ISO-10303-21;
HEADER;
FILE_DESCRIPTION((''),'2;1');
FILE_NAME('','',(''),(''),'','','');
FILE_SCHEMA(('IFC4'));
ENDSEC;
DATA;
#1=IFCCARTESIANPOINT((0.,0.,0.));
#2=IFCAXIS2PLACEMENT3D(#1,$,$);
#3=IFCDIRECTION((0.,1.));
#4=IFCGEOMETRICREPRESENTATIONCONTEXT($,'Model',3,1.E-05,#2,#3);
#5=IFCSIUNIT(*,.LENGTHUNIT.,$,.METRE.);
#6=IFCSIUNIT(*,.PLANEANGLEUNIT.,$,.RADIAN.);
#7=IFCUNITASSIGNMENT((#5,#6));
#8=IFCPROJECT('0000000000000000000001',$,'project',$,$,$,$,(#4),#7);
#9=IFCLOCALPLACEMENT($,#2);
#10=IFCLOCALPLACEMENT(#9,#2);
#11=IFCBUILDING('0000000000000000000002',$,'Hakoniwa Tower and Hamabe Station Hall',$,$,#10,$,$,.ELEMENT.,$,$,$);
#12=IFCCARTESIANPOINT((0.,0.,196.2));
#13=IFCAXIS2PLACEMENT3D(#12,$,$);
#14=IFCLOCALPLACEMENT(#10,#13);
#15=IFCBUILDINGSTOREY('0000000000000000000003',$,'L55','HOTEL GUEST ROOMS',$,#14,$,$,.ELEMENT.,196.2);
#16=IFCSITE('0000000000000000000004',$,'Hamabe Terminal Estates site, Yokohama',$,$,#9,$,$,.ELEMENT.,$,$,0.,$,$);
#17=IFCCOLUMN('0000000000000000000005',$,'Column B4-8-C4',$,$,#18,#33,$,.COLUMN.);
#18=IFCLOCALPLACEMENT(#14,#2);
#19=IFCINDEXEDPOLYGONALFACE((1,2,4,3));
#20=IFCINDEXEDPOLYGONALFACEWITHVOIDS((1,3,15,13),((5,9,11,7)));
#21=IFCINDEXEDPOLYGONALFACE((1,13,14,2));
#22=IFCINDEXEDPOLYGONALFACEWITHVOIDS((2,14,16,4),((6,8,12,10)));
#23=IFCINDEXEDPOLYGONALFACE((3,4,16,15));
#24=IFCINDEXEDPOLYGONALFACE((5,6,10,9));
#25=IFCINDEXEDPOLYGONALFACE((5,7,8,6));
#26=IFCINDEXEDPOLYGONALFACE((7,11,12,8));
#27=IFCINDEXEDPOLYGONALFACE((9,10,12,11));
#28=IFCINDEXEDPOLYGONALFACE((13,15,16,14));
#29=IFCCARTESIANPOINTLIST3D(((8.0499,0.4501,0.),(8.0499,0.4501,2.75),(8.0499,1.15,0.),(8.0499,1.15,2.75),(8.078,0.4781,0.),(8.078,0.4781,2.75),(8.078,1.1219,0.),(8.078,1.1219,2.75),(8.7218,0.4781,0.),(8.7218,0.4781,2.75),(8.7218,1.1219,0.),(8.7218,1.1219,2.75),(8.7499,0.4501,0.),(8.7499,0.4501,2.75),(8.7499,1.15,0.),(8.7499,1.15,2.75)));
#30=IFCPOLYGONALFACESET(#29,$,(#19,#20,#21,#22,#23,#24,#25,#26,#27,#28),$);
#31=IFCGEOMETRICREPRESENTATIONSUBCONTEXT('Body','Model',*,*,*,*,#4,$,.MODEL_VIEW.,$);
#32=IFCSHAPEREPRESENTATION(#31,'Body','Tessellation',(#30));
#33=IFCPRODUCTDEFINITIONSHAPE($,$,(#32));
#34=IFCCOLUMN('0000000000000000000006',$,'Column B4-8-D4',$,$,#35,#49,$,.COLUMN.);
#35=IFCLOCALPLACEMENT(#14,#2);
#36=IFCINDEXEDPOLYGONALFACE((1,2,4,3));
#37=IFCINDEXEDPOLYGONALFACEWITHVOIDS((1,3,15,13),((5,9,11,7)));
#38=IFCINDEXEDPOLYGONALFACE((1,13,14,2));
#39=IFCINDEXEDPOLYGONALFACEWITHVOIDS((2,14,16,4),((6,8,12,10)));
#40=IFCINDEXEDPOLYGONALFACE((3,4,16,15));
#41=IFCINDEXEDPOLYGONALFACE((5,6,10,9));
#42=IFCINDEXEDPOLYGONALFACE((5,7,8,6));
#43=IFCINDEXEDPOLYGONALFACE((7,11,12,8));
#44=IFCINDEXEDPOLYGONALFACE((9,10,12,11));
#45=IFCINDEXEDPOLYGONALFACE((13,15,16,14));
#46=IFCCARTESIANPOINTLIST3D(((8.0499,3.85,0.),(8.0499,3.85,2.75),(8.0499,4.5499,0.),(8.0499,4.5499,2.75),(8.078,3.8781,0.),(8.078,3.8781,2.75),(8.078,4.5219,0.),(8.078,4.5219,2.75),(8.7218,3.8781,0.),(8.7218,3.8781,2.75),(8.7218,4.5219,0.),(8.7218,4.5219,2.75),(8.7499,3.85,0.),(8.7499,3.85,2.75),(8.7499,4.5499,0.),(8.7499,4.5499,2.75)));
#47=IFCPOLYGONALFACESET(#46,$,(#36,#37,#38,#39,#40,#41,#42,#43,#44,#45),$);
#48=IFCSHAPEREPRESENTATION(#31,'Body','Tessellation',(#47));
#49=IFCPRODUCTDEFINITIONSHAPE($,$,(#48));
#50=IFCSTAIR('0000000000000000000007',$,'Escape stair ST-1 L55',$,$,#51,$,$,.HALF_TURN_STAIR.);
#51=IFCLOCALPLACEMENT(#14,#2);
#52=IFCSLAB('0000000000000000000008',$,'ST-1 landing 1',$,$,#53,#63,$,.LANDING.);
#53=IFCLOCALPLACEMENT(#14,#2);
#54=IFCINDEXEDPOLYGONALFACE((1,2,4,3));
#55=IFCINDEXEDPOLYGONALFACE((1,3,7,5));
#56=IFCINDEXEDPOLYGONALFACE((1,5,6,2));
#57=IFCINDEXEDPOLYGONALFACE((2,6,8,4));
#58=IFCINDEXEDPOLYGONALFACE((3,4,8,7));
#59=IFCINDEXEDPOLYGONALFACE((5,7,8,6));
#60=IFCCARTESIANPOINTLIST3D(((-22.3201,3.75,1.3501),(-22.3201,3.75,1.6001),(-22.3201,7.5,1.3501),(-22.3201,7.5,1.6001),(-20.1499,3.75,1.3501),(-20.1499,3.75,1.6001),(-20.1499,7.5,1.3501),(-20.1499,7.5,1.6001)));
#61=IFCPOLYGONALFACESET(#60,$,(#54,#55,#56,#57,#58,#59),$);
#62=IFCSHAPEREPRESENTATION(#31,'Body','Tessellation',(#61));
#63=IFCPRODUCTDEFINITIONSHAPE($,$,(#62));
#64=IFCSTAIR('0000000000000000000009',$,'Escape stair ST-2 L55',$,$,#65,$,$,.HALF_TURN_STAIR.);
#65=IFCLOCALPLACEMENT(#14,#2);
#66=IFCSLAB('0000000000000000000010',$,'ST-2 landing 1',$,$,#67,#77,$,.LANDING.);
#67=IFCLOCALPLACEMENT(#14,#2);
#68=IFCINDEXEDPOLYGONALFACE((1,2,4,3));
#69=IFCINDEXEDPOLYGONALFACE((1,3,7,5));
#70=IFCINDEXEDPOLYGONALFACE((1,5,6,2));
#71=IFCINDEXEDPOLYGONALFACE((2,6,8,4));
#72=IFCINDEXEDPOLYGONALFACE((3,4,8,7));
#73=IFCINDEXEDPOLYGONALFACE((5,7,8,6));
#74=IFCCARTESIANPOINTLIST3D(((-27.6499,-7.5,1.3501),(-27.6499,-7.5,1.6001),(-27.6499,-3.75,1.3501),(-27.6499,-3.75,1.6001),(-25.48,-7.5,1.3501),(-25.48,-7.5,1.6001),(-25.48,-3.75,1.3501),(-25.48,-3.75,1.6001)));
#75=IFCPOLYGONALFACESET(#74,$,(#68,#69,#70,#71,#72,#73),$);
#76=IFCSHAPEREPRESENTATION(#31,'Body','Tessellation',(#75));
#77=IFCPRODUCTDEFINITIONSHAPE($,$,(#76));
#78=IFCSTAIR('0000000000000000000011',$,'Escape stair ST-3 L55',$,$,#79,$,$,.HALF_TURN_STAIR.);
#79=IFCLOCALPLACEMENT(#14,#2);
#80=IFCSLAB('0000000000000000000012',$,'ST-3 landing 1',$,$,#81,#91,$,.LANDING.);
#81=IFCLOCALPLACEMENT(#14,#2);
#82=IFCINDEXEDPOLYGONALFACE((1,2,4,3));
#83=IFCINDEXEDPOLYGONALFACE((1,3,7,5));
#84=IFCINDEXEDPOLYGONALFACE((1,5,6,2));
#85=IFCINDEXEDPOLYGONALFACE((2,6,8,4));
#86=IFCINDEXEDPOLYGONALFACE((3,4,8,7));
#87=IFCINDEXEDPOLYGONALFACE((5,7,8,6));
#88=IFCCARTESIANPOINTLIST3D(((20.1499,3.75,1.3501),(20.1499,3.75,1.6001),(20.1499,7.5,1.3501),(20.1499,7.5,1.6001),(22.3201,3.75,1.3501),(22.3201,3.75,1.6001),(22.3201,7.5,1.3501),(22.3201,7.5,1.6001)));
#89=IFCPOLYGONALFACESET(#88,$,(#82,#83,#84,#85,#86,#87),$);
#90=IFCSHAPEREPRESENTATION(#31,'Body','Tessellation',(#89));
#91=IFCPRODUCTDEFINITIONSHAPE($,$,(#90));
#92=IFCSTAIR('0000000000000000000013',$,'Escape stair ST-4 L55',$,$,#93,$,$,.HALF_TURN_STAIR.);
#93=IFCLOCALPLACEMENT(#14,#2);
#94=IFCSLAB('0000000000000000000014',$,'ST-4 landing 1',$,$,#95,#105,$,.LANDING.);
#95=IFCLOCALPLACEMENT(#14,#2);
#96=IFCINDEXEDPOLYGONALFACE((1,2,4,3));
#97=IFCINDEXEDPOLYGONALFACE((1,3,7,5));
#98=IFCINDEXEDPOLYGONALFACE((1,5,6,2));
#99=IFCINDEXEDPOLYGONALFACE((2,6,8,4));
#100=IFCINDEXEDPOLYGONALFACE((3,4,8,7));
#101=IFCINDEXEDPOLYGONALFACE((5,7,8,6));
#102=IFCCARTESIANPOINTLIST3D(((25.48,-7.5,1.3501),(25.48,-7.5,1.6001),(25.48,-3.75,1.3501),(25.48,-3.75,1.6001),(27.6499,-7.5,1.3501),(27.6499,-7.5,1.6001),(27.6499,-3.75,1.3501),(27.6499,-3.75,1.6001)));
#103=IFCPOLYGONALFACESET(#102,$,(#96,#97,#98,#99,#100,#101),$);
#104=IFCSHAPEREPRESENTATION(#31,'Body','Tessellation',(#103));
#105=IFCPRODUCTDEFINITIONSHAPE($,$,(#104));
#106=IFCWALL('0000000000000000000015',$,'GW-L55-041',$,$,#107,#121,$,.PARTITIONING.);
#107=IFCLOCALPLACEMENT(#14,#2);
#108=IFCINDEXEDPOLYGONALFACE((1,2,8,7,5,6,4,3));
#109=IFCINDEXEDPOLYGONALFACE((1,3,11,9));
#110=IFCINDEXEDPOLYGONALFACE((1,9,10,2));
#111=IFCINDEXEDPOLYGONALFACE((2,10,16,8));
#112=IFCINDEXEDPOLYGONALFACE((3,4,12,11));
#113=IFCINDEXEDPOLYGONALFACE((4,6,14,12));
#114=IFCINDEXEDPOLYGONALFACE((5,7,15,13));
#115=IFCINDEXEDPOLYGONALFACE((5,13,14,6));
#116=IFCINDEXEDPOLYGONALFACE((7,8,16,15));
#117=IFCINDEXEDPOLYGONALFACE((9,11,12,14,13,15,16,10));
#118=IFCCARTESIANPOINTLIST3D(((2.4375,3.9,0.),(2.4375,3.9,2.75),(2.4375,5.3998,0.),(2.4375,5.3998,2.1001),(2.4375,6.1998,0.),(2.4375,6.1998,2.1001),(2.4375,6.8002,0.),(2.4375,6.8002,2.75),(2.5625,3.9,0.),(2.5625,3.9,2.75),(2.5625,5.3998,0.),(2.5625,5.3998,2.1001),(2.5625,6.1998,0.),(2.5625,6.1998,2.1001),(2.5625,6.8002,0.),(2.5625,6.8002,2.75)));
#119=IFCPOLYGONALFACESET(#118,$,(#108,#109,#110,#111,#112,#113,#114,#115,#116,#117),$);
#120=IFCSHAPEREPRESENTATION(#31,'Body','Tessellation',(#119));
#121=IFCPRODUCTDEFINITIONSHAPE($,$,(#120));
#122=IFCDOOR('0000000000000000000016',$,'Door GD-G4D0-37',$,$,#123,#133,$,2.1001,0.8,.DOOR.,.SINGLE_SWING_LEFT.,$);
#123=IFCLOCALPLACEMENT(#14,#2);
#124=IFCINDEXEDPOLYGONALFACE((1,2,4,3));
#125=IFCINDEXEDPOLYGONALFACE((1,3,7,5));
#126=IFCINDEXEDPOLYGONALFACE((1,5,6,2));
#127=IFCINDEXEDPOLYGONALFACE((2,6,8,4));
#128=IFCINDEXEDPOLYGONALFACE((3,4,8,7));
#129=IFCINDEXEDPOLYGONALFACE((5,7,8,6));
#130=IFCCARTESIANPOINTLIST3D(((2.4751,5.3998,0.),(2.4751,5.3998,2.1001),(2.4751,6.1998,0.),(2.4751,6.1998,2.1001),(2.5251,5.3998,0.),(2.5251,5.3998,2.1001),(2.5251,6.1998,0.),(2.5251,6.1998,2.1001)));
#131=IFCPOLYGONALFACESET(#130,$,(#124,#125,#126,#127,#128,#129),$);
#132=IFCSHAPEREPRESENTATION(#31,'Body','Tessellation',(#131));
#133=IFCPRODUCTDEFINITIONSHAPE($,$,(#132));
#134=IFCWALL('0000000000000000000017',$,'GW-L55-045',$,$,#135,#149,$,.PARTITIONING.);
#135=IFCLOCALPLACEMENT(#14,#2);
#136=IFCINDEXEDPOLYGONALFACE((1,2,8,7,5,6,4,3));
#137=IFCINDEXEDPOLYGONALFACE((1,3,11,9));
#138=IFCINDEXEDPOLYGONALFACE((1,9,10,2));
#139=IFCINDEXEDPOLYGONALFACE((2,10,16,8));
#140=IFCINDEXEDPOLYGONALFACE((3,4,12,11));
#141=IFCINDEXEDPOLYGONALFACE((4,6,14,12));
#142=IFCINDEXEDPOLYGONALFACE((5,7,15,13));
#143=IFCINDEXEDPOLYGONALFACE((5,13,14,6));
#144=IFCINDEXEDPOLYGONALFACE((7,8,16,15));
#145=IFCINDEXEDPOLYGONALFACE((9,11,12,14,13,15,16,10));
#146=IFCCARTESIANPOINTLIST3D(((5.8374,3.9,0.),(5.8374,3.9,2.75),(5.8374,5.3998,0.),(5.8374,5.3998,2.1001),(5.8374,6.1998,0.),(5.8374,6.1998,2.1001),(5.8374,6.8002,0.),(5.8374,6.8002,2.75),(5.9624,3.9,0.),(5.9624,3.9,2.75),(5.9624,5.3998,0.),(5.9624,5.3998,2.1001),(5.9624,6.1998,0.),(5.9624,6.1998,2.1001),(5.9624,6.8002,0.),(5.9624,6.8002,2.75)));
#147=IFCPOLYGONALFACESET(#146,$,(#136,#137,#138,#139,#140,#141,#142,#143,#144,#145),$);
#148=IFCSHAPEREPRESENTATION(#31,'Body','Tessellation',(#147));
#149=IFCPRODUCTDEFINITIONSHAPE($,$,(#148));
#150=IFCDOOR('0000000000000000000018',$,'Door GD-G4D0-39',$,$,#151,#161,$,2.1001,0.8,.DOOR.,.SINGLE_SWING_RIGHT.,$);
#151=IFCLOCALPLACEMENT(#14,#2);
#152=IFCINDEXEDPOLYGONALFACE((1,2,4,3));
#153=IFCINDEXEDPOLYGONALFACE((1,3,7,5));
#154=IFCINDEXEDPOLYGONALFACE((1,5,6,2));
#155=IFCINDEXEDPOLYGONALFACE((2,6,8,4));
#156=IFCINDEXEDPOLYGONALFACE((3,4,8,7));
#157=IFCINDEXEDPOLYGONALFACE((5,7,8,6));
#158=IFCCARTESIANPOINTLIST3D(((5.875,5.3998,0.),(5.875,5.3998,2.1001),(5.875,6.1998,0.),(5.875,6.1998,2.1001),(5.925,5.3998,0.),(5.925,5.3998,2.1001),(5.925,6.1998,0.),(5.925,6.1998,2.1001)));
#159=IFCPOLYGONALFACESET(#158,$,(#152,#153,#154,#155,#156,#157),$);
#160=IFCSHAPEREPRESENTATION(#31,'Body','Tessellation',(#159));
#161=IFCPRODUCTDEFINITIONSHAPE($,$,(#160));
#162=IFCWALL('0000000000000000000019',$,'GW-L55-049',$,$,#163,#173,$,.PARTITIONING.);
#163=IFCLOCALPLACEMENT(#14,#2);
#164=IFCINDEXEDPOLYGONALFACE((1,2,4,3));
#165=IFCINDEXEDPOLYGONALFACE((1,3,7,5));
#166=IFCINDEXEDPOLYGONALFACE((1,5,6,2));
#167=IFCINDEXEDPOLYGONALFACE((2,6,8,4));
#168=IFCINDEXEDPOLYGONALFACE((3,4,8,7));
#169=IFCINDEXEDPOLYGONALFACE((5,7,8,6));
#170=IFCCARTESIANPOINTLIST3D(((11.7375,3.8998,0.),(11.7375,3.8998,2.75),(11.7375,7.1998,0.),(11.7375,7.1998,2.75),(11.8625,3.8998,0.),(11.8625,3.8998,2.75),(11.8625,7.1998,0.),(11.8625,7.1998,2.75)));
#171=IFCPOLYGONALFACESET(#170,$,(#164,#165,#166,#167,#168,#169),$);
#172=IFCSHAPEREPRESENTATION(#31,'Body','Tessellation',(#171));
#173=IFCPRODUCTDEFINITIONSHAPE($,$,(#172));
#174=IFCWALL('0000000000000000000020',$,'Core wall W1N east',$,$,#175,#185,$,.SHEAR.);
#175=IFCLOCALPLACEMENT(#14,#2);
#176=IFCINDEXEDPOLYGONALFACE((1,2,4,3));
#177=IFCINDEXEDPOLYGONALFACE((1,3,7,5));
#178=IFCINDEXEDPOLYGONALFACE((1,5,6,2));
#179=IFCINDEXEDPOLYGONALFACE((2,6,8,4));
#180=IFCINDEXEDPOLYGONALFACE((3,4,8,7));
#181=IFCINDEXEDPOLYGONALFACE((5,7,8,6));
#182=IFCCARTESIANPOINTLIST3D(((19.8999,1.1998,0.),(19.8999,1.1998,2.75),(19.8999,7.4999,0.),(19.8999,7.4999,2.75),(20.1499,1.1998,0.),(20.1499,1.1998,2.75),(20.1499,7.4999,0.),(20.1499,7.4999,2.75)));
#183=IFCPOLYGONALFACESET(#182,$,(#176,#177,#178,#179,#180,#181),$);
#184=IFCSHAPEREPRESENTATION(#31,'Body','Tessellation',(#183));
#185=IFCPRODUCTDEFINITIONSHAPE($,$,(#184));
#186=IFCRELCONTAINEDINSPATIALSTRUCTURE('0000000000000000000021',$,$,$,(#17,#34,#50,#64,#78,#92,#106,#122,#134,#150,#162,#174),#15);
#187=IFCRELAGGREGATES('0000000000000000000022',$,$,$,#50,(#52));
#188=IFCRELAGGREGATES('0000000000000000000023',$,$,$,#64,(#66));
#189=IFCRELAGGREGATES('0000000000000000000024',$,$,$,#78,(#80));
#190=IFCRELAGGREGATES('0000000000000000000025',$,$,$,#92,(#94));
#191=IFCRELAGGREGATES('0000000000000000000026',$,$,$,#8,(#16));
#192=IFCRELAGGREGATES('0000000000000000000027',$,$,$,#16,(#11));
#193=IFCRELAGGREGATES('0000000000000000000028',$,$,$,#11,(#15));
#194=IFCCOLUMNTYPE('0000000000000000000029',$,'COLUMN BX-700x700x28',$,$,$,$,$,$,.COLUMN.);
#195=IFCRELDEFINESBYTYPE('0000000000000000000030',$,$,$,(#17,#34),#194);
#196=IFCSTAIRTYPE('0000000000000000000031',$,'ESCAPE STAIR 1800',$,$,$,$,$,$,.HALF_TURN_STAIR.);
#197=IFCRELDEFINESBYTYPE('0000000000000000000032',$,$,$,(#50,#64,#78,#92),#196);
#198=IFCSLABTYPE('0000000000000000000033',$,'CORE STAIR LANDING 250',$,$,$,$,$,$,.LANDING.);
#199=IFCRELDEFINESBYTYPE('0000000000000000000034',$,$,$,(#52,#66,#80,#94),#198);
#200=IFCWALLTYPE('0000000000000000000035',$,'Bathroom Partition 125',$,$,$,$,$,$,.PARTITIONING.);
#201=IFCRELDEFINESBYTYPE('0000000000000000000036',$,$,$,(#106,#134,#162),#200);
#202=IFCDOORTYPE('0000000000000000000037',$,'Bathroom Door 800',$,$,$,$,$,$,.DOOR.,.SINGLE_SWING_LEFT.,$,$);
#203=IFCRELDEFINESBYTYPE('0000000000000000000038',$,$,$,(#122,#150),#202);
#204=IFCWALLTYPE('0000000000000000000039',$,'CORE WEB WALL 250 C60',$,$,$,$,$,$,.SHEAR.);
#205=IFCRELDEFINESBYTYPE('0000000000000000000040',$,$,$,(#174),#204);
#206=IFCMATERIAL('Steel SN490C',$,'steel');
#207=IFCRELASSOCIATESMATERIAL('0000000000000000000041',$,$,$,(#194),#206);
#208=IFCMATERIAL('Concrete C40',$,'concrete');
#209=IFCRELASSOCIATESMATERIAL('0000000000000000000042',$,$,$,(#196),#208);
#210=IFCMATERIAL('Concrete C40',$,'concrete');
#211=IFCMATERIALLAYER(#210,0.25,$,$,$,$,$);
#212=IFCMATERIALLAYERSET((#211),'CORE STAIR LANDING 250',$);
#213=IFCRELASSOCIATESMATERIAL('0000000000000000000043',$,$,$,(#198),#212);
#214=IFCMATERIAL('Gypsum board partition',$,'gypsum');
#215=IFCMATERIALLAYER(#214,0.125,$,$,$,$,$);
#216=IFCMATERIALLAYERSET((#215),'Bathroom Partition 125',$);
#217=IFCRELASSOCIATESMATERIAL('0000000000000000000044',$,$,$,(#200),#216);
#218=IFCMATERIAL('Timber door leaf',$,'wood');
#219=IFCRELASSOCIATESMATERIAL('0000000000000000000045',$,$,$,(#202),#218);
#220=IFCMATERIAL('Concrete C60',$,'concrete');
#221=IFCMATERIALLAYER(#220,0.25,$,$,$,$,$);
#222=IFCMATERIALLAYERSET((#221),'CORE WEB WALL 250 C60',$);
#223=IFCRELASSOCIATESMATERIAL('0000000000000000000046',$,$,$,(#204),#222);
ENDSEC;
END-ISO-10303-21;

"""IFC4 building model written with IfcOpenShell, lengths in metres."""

from ifc_helpers import new_model, si_unit, direction, frame, frame_2d, origin, origin_2d, place, context, subcontext, project, spatial, polyline, rectangle, hollow_rectangle, outline, extrude, material, layer, layer_set, material_profile, profile_set, type_object, element, fill, aggregate, save


model = new_model("IFC4")

# Units and contexts
model_context = context("Model", 3, precision=1e-05, world=origin(), true_north=direction((0.0, 1.0)))
body_context = subcontext(model_context, "Body", "Model", "MODEL_VIEW")
ifc_project = project(units=[si_unit("LENGTHUNIT", "METRE"), si_unit("PLANEANGLEUNIT", "RADIAN")], contexts=[model_context])

# Site, building, storey
site_placement = place(None, origin())
site = spatial("IfcSite", under=ifc_project, at=site_placement, Name="Hamabe Terminal Estates site, Yokohama", CompositionType="ELEMENT", RefElevation=0.0)
building_placement = place(site_placement, origin())
building = spatial("IfcBuilding", under=site, at=building_placement, Name="Hakoniwa Tower and Hamabe Station Hall", CompositionType="ELEMENT")
storey_placement = place(building_placement, frame((0.0, 0.0, 196.2)))
storey = spatial("IfcBuildingStorey", under=building, at=storey_placement, Name="L55", Description="HOTEL GUEST ROOMS", CompositionType="ELEMENT", Elevation=196.2)

# Columns
ifc_material_1 = material(Name="Steel SN490C", Category="steel")
ifc_material_profile = material_profile(ifc_material_1, hollow_rectangle(XDim=0.7, YDim=0.7, WallThickness=0.0281, at=origin_2d()), Name="BX-700x700x28")
ifc_profile_set = profile_set([ifc_material_profile], Name="Steel SN490C")
column_type = type_object("IfcColumnType", Name="COLUMN BX-700x700x28", PredefinedType="COLUMN", material=ifc_profile_set)
for number, where, z_axis, x_axis, name in (
    (1, (8.3999, 0.8, 0.0), (0.0, 0.0, 1.0), (1.0, 0.0, 0.0), "Column B4-8-C4"),
    (2, (8.3999, 4.2, 0.0), (0.0, 0.0, 1.0), (1.0, 0.0, 0.0), "Column B4-8-D4"),
):
    element("IfcColumn", number, at=place(storey_placement, frame(where, z_axis=z_axis, x_axis=x_axis)), inside=storey, type_object=column_type, Name=name, PredefinedType="COLUMN", context=body_context, shape_type="SweptSolid", body=[
        extrude(hollow_rectangle(XDim=0.7, YDim=0.7, WallThickness=0.0281, at=origin_2d()), origin(), (0.0, 0.0, 1.0), 2.75),
    ])

# Stairs, slabs
ifc_material_2 = material(Name="Concrete C40", Category="concrete")
stair_type = type_object("IfcStairType", Name="ESCAPE STAIR 1800", PredefinedType="HALF_TURN_STAIR", material=ifc_material_2)
stair_1_placement = place(storey_placement, origin())
stair_1 = element("IfcStair", 3, at=stair_1_placement, inside=storey, type_object=stair_type, Name="Escape stair ST-1 L55", PredefinedType="HALF_TURN_STAIR")
ifc_material_3 = material(Name="Concrete C40", Category="concrete")
ifc_layer_1 = layer(ifc_material_3, 0.25)
ifc_layer_set_1 = layer_set([ifc_layer_1], Name="CORE STAIR LANDING 250")
slab_type = type_object("IfcSlabType", Name="CORE STAIR LANDING 250", PredefinedType="LANDING", material=ifc_layer_set_1)
slab_1_placement = place(storey_placement, frame((0.0, 0.0, 1.3501)))
slab_1 = element("IfcSlab", 4, at=slab_1_placement, type_object=slab_type, Name="ST-1 landing 1", PredefinedType="LANDING", context=body_context, shape_type="SweptSolid", body=[
    extrude(outline(polyline([(-22.3201, 3.75), (-20.1499, 3.75), (-20.1499, 7.5), (-22.3201, 7.5), (-22.3201, 3.75)])), origin(), (0.0, 0.0, 1.0), 0.25),
])
aggregate(stair_1, [slab_1])
stair_2_placement = place(storey_placement, origin())
stair_2 = element("IfcStair", 5, at=stair_2_placement, inside=storey, type_object=stair_type, Name="Escape stair ST-2 L55", PredefinedType="HALF_TURN_STAIR")
slab_2_placement = place(storey_placement, frame((0.0, 0.0, 1.3501)))
slab_2 = element("IfcSlab", 6, at=slab_2_placement, type_object=slab_type, Name="ST-2 landing 1", PredefinedType="LANDING", context=body_context, shape_type="SweptSolid", body=[
    extrude(outline(polyline([(-25.48, -7.5), (-27.6499, -7.5), (-27.6499, -3.75), (-25.48, -3.75), (-25.48, -7.5)])), origin(), (0.0, 0.0, 1.0), 0.25),
])
aggregate(stair_2, [slab_2])
stair_3_placement = place(storey_placement, origin())
stair_3 = element("IfcStair", 7, at=stair_3_placement, inside=storey, type_object=stair_type, Name="Escape stair ST-3 L55", PredefinedType="HALF_TURN_STAIR")
slab_3_placement = place(storey_placement, frame((0.0, 0.0, 1.3501)))
slab_3 = element("IfcSlab", 8, at=slab_3_placement, type_object=slab_type, Name="ST-3 landing 1", PredefinedType="LANDING", context=body_context, shape_type="SweptSolid", body=[
    extrude(outline(polyline([(22.3201, 3.75), (20.1499, 3.75), (20.1499, 7.5), (22.3201, 7.5), (22.3201, 3.75)])), origin(), (0.0, 0.0, 1.0), 0.25),
])
aggregate(stair_3, [slab_3])
stair_4_placement = place(storey_placement, origin())
stair_4 = element("IfcStair", 9, at=stair_4_placement, inside=storey, type_object=stair_type, Name="Escape stair ST-4 L55", PredefinedType="HALF_TURN_STAIR")
slab_4_placement = place(storey_placement, frame((0.0, 0.0, 1.3501)))
slab_4 = element("IfcSlab", 10, at=slab_4_placement, type_object=slab_type, Name="ST-4 landing 1", PredefinedType="LANDING", context=body_context, shape_type="SweptSolid", body=[
    extrude(outline(polyline([(25.48, -7.5), (27.6499, -7.5), (27.6499, -3.75), (25.48, -3.75), (25.48, -7.5)])), origin(), (0.0, 0.0, 1.0), 0.25),
])
aggregate(stair_4, [slab_4])

# Walls, openings, doors
ifc_material_4 = material(Name="Gypsum board partition", Category="gypsum")
ifc_layer_2 = layer(ifc_material_4, 0.125)
ifc_layer_set_2 = layer_set([ifc_layer_2], Name="Bathroom Partition 125")
wall_type_1 = type_object("IfcWallType", Name="Bathroom Partition 125", PredefinedType="PARTITIONING", material=ifc_layer_set_2)
wall_1_placement = place(storey_placement, frame((2.5, 3.8999, 0.0), z_axis=(0.0, 0.0, 1.0), x_axis=(0.0, 1.0, 0.0)))
wall_1 = element("IfcWall", 11, at=wall_1_placement, inside=storey, type_object=wall_type_1, Name="GW-L55-041", PredefinedType="PARTITIONING", context=body_context, shape_type="SweptSolid", body=[
    extrude(rectangle(XDim=2.9001, YDim=0.125, at=frame_2d((1.4502, 0.0))), origin(), (0.0, 0.0, 1.0), 2.75),
])
opening_1_placement = place(wall_1_placement, frame((1.5, 0.0, 0.0)))
opening_1 = element("IfcOpeningElement", 12, at=opening_1_placement, cuts=wall_1, PredefinedType="OPENING", context=body_context, shape_type="SweptSolid", body=[
    extrude(rectangle(XDim=0.8, YDim=2.1001, at=frame_2d((0.3999, 1.05))), frame((0.0, 0.0725, 0.0), z_axis=(0.0, -1.0, 0.0), x_axis=(1.0, 0.0, 0.0)), (0.0, 0.0, 1.0), 0.145),
])
ifc_material_5 = material(Name="Timber door leaf", Category="wood")
door_type_1 = type_object("IfcDoorType", Name="Bathroom Door 800", OperationType="SINGLE_SWING_LEFT", PredefinedType="DOOR", material=ifc_material_5)
door_1_placement = place(opening_1_placement, origin())
door_1 = element("IfcDoor", 13, at=door_1_placement, inside=storey, type_object=door_type_1, Name="Door GD-G4D0-37", OperationType="SINGLE_SWING_LEFT", OverallHeight=2.1001, OverallWidth=0.8, PredefinedType="DOOR", context=body_context, shape_type="SweptSolid", body=[
    extrude(rectangle(XDim=0.8, YDim=2.1001, at=frame_2d((0.3999, 1.05))), frame((0.0, 0.0249, 0.0), z_axis=(0.0, -1.0, 0.0), x_axis=(1.0, 0.0, 0.0)), (0.0, 0.0, 1.0), 0.05),
])
fill(opening_1, door_1)
wall_2_placement = place(storey_placement, frame((5.8999, 3.8999, 0.0), z_axis=(0.0, 0.0, 1.0), x_axis=(0.0, 1.0, 0.0)))
wall_2 = element("IfcWall", 14, at=wall_2_placement, inside=storey, type_object=wall_type_1, Name="GW-L55-045", PredefinedType="PARTITIONING", context=body_context, shape_type="SweptSolid", body=[
    extrude(rectangle(XDim=2.9001, YDim=0.125, at=frame_2d((1.4502, 0.0))), origin(), (0.0, 0.0, 1.0), 2.75),
])
opening_2_placement = place(wall_2_placement, frame((1.5, 0.0, 0.0)))
opening_2 = element("IfcOpeningElement", 15, at=opening_2_placement, cuts=wall_2, PredefinedType="OPENING", context=body_context, shape_type="SweptSolid", body=[
    extrude(rectangle(XDim=0.8, YDim=2.1001, at=frame_2d((0.3999, 1.05))), frame((0.0, 0.0725, 0.0), z_axis=(0.0, -1.0, 0.0), x_axis=(1.0, 0.0, 0.0)), (0.0, 0.0, 1.0), 0.145),
])
door_2_placement = place(opening_2_placement, origin())
door_2 = element("IfcDoor", 16, at=door_2_placement, inside=storey, type_object=door_type_1, Name="Door GD-G4D0-39", OperationType="SINGLE_SWING_RIGHT", OverallHeight=2.1001, OverallWidth=0.8, PredefinedType="DOOR", context=body_context, shape_type="SweptSolid", body=[
    extrude(rectangle(XDim=0.8, YDim=2.1001, at=frame_2d((0.3999, 1.05))), frame((0.0, 0.0249, 0.0), z_axis=(0.0, -1.0, 0.0), x_axis=(1.0, 0.0, 0.0)), (0.0, 0.0, 1.0), 0.05),
])
fill(opening_2, door_2)

# Walls
wall_3_placement = place(storey_placement, frame((11.8, 3.8999, 0.0), z_axis=(0.0, 0.0, 1.0), x_axis=(0.0, 1.0, 0.0)))
element("IfcWall", 17, at=wall_3_placement, inside=storey, type_object=wall_type_1, Name="GW-L55-049", PredefinedType="PARTITIONING", context=body_context, shape_type="SweptSolid", body=[
    extrude(rectangle(XDim=3.3, YDim=0.125, at=frame_2d((1.6499, 0.0))), origin(), (0.0, 0.0, 1.0), 2.75),
])
ifc_material_6 = material(Name="Concrete C60", Category="concrete")
ifc_layer_3 = layer(ifc_material_6, 0.25)
ifc_layer_set_3 = layer_set([ifc_layer_3], Name="CORE WEB WALL 250 C60")
wall_type_2 = type_object("IfcWallType", Name="CORE WEB WALL 250 C60", PredefinedType="SHEAR", material=ifc_layer_set_3)
wall_4_placement = place(storey_placement, frame((20.0249, 1.2, 0.0), z_axis=(0.0, 0.0, 1.0), x_axis=(0.0, 1.0, 0.0)))
element("IfcWall", 18, at=wall_4_placement, inside=storey, type_object=wall_type_2, Name="Core wall W1N east", PredefinedType="SHEAR", context=body_context, shape_type="SweptSolid", body=[
    extrude(rectangle(XDim=6.3, YDim=0.25, at=frame_2d((3.1499, 0.0))), origin(), (0.0, 0.0, 1.0), 2.75),
])

save(model, "model.ifc")
